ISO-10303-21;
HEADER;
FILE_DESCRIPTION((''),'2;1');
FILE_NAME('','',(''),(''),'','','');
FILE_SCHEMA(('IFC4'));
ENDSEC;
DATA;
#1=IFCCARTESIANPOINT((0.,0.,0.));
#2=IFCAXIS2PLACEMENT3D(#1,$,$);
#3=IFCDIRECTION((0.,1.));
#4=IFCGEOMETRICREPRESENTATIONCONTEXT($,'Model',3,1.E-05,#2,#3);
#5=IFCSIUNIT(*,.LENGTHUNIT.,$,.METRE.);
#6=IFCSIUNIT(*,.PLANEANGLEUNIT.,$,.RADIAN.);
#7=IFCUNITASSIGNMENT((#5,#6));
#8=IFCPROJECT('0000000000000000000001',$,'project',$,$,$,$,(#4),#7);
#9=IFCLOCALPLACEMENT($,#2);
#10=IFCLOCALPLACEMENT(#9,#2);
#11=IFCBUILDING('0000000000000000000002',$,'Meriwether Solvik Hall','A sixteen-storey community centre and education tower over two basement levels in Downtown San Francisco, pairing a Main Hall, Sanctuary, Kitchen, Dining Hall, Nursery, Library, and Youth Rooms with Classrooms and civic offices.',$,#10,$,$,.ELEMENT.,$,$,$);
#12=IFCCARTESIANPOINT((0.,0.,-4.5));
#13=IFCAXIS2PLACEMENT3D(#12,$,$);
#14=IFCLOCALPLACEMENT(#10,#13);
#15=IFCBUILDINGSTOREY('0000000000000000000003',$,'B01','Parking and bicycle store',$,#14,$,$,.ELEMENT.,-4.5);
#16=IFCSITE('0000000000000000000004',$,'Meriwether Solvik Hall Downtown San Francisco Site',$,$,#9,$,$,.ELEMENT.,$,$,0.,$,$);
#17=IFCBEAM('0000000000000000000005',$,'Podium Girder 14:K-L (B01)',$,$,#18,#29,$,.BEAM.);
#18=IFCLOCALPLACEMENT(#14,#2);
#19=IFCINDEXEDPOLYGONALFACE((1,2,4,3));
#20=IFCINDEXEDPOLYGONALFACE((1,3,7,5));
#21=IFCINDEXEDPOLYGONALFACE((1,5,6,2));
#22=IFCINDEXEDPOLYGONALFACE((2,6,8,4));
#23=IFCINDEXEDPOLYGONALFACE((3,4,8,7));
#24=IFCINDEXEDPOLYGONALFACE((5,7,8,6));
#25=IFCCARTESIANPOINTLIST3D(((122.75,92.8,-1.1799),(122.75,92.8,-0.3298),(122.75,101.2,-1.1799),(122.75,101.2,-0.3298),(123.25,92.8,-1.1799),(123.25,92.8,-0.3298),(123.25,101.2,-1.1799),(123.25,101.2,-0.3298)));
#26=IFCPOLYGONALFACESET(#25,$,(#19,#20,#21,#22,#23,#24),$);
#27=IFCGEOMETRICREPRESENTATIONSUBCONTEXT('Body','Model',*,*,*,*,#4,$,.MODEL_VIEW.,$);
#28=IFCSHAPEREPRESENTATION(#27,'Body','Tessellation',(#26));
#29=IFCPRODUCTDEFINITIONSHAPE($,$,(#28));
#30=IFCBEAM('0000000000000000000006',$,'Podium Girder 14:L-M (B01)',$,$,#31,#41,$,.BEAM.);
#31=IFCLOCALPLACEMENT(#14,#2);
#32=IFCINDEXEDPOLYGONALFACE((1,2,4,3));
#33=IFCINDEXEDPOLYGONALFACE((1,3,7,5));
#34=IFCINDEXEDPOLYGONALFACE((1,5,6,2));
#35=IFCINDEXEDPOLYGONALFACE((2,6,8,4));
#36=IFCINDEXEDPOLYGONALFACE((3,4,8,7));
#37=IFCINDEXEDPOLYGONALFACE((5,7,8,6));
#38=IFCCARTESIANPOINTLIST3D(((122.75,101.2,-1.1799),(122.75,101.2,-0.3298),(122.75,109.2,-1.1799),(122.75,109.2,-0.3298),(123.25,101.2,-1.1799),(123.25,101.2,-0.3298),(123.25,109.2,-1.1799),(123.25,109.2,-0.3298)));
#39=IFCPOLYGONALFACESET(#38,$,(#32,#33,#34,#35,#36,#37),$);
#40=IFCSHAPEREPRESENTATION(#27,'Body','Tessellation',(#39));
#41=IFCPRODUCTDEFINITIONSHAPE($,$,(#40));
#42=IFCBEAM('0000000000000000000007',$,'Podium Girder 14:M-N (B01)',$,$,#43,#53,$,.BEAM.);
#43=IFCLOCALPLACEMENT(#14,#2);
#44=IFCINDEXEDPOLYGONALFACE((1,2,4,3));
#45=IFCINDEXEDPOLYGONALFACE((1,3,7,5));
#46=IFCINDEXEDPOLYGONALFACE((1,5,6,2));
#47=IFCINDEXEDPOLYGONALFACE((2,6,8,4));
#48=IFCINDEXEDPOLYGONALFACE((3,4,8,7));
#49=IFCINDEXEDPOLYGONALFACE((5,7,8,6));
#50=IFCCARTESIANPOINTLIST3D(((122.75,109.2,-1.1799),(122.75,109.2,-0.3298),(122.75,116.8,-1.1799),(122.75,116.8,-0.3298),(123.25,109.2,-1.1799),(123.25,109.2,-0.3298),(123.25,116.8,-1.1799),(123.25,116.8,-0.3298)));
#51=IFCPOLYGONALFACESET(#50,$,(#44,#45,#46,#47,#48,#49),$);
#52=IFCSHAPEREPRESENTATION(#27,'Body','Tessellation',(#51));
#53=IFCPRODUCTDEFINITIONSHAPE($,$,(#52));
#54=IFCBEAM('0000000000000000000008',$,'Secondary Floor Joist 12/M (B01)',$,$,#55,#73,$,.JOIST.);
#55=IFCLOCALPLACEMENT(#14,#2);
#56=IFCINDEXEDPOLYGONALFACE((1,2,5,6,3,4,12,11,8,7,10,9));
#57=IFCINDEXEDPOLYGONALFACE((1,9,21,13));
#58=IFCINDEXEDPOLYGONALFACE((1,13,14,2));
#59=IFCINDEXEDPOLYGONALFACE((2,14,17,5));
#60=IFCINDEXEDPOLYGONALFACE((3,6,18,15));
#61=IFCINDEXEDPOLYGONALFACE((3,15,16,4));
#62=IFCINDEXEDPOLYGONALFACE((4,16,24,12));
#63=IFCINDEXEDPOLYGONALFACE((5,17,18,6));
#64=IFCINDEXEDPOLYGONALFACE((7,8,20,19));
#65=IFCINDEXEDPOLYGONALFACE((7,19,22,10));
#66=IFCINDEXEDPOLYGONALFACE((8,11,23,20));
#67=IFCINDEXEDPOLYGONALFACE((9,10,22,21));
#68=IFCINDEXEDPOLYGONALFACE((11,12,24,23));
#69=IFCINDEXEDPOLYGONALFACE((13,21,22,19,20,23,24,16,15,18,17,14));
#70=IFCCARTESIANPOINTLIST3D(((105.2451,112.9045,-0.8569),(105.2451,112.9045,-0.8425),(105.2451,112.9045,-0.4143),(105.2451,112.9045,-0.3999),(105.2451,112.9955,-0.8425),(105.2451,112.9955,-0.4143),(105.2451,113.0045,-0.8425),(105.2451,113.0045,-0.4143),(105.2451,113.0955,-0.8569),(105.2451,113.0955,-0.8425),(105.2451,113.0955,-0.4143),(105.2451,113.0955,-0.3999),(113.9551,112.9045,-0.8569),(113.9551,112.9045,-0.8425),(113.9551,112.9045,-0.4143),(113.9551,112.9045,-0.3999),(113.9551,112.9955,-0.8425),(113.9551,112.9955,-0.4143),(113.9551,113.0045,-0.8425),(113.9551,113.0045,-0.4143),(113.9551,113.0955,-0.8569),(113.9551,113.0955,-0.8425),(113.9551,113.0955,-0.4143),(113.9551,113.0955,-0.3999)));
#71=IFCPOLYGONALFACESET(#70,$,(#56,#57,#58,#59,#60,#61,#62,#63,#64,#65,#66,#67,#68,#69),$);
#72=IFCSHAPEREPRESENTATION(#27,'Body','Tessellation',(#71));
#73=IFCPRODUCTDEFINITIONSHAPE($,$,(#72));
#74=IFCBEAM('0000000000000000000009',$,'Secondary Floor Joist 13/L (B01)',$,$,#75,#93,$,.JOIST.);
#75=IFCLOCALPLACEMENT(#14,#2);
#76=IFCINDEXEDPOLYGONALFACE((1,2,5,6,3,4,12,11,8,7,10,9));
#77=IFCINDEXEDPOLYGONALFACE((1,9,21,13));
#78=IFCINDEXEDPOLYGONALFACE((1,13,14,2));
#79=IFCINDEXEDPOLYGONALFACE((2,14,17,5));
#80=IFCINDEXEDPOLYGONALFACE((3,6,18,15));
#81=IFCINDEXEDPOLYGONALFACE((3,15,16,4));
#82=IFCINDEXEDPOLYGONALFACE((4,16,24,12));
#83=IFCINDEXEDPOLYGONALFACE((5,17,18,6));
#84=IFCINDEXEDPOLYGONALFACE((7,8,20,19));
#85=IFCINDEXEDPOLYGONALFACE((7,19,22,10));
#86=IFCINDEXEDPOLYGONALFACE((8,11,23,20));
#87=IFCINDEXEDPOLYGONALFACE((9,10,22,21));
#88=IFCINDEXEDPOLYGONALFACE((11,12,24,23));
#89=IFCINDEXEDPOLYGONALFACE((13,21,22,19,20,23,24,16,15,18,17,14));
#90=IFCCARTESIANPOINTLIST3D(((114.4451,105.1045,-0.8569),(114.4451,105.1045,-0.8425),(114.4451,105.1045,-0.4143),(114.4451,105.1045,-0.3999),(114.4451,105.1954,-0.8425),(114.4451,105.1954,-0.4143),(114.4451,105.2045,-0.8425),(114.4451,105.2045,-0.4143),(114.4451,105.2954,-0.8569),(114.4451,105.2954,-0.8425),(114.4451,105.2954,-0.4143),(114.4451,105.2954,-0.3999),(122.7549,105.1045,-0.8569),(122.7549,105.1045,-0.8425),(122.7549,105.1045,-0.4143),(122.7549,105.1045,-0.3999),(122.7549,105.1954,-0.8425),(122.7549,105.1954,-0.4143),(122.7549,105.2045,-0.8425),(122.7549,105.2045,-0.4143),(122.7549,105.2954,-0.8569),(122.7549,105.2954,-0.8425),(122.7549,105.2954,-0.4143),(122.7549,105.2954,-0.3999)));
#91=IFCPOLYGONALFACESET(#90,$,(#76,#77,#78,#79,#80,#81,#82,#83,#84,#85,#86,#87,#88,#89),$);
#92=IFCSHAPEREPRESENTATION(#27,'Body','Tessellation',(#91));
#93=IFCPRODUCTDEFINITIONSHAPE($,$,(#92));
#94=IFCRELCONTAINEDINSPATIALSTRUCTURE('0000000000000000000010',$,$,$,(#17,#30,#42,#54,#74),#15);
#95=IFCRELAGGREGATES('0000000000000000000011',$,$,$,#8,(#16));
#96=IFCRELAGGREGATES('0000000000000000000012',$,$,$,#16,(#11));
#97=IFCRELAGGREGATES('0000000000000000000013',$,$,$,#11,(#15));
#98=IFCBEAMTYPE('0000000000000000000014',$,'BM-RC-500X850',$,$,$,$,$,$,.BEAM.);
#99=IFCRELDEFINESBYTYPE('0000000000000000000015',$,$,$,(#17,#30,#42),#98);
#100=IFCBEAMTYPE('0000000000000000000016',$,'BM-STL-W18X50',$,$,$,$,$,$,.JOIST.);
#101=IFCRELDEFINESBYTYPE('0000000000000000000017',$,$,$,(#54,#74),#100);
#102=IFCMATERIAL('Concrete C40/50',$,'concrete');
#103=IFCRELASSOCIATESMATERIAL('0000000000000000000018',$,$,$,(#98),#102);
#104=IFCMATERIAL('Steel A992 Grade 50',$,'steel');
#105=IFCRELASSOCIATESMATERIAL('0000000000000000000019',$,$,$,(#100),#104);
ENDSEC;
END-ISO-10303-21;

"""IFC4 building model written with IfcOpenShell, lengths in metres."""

from ifc_helpers import new_model, si_unit, direction, frame, origin, origin_2d, place, context, subcontext, project, spatial, rectangle, i_section, extrude, material, material_profile, profile_set, type_object, element, save


model = new_model("IFC4")

# Units and contexts
model_context = context("Model", 3, precision=1e-05, world=origin(), true_north=direction((0.0, 1.0)))
body_context = subcontext(model_context, "Body", "Model", "MODEL_VIEW")
ifc_project = project(units=[si_unit("LENGTHUNIT", "METRE"), si_unit("PLANEANGLEUNIT", "RADIAN")], contexts=[model_context])

# Site, building, storey
site_placement = place(None, origin())
site = spatial("IfcSite", under=ifc_project, at=site_placement, Name="Meriwether Solvik Hall Downtown San Francisco Site", CompositionType="ELEMENT", RefElevation=0.0)
building_placement = place(site_placement, origin())
building = spatial("IfcBuilding", under=site, at=building_placement, Name="Meriwether Solvik Hall", Description="A sixteen-storey community centre and education tower over two basement levels in Downtown San Francisco, pairing a Main Hall, Sanctuary, Kitchen, Dining Hall, Nursery, Library, and Youth Rooms with Classrooms and civic offices.", CompositionType="ELEMENT")
storey_placement = place(building_placement, frame((0.0, 0.0, -4.5)))
storey = spatial("IfcBuildingStorey", under=building, at=storey_placement, Name="B01", Description="Parking and bicycle store", CompositionType="ELEMENT", Elevation=-4.5)

# Beams
ifc_material_1 = material(Name="Concrete C40/50", Category="concrete")
ifc_material_profile_1 = material_profile(ifc_material_1, rectangle(XDim=0.5, YDim=0.8501, at=origin_2d()), Name="RCB-500X850")
ifc_profile_set_1 = profile_set([ifc_material_profile_1], Name="Concrete C40/50")
beam_type_1 = type_object("IfcBeamType", Name="BM-RC-500X850", PredefinedType="BEAM", material=ifc_profile_set_1)
beam_1_placement = place(storey_placement, frame((123.0, 92.8, -0.7549), z_axis=(0.0, 1.0, 0.0), x_axis=(-1.0, 0.0, 0.0)))
element("IfcBeam", 1, at=beam_1_placement, inside=storey, type_object=beam_type_1, Name="Podium Girder 14:K-L (B01)", PredefinedType="BEAM", context=body_context, shape_type="SweptSolid", body=[
    extrude(rectangle(XDim=0.5, YDim=0.8501, at=origin_2d()), origin(), (0.0, 0.0, 1.0), 8.3999),
])
beam_2_placement = place(storey_placement, frame((123.0, 101.2, -0.7549), z_axis=(0.0, 1.0, 0.0), x_axis=(-1.0, 0.0, 0.0)))
element("IfcBeam", 2, at=beam_2_placement, inside=storey, type_object=beam_type_1, Name="Podium Girder 14:L-M (B01)", PredefinedType="BEAM", context=body_context, shape_type="SweptSolid", body=[
    extrude(rectangle(XDim=0.5, YDim=0.8501, at=origin_2d()), origin(), (0.0, 0.0, 1.0), 8.0),
])
beam_3_placement = place(storey_placement, frame((123.0, 109.2, -0.7549), z_axis=(0.0, 1.0, 0.0), x_axis=(-1.0, 0.0, 0.0)))
element("IfcBeam", 3, at=beam_3_placement, inside=storey, type_object=beam_type_1, Name="Podium Girder 14:M-N (B01)", PredefinedType="BEAM", context=body_context, shape_type="SweptSolid", body=[
    extrude(rectangle(XDim=0.5, YDim=0.8501, at=origin_2d()), origin(), (0.0, 0.0, 1.0), 7.6001),
])
ifc_material_2 = material(Name="Steel A992 Grade 50", Category="steel")
ifc_material_profile_2 = material_profile(ifc_material_2, i_section(OverallWidth=0.1909, OverallDepth=0.457, WebThickness=0.009, FlangeThickness=0.0144, at=origin_2d()), Name="W18X50")
ifc_profile_set_2 = profile_set([ifc_material_profile_2], Name="Steel A992 Grade 50")
beam_type_2 = type_object("IfcBeamType", Name="BM-STL-W18X50", PredefinedType="JOIST", material=ifc_profile_set_2)
beam_4_placement = place(storey_placement, frame((105.2451, 113.0, -0.6284), z_axis=(1.0, 0.0, 0.0), x_axis=(0.0, 1.0, 0.0)))
element("IfcBeam", 4, at=beam_4_placement, inside=storey, type_object=beam_type_2, Name="Secondary Floor Joist 12/M (B01)", PredefinedType="JOIST", context=body_context, shape_type="SweptSolid", body=[
    extrude(i_section(OverallWidth=0.1909, OverallDepth=0.457, WebThickness=0.009, FlangeThickness=0.0144, at=origin_2d()), origin(), (0.0, 0.0, 1.0), 8.71),
])
beam_5_placement = place(storey_placement, frame((114.4451, 105.2, -0.6284), z_axis=(1.0, 0.0, 0.0), x_axis=(0.0, 1.0, 0.0)))
element("IfcBeam", 5, at=beam_5_placement, inside=storey, type_object=beam_type_2, Name="Secondary Floor Joist 13/L (B01)", PredefinedType="JOIST", context=body_context, shape_type="SweptSolid", body=[
    extrude(i_section(OverallWidth=0.1909, OverallDepth=0.457, WebThickness=0.009, FlangeThickness=0.0144, at=origin_2d()), origin(), (0.0, 0.0, 1.0), 8.3098),
])

save(model, "model.ifc")
